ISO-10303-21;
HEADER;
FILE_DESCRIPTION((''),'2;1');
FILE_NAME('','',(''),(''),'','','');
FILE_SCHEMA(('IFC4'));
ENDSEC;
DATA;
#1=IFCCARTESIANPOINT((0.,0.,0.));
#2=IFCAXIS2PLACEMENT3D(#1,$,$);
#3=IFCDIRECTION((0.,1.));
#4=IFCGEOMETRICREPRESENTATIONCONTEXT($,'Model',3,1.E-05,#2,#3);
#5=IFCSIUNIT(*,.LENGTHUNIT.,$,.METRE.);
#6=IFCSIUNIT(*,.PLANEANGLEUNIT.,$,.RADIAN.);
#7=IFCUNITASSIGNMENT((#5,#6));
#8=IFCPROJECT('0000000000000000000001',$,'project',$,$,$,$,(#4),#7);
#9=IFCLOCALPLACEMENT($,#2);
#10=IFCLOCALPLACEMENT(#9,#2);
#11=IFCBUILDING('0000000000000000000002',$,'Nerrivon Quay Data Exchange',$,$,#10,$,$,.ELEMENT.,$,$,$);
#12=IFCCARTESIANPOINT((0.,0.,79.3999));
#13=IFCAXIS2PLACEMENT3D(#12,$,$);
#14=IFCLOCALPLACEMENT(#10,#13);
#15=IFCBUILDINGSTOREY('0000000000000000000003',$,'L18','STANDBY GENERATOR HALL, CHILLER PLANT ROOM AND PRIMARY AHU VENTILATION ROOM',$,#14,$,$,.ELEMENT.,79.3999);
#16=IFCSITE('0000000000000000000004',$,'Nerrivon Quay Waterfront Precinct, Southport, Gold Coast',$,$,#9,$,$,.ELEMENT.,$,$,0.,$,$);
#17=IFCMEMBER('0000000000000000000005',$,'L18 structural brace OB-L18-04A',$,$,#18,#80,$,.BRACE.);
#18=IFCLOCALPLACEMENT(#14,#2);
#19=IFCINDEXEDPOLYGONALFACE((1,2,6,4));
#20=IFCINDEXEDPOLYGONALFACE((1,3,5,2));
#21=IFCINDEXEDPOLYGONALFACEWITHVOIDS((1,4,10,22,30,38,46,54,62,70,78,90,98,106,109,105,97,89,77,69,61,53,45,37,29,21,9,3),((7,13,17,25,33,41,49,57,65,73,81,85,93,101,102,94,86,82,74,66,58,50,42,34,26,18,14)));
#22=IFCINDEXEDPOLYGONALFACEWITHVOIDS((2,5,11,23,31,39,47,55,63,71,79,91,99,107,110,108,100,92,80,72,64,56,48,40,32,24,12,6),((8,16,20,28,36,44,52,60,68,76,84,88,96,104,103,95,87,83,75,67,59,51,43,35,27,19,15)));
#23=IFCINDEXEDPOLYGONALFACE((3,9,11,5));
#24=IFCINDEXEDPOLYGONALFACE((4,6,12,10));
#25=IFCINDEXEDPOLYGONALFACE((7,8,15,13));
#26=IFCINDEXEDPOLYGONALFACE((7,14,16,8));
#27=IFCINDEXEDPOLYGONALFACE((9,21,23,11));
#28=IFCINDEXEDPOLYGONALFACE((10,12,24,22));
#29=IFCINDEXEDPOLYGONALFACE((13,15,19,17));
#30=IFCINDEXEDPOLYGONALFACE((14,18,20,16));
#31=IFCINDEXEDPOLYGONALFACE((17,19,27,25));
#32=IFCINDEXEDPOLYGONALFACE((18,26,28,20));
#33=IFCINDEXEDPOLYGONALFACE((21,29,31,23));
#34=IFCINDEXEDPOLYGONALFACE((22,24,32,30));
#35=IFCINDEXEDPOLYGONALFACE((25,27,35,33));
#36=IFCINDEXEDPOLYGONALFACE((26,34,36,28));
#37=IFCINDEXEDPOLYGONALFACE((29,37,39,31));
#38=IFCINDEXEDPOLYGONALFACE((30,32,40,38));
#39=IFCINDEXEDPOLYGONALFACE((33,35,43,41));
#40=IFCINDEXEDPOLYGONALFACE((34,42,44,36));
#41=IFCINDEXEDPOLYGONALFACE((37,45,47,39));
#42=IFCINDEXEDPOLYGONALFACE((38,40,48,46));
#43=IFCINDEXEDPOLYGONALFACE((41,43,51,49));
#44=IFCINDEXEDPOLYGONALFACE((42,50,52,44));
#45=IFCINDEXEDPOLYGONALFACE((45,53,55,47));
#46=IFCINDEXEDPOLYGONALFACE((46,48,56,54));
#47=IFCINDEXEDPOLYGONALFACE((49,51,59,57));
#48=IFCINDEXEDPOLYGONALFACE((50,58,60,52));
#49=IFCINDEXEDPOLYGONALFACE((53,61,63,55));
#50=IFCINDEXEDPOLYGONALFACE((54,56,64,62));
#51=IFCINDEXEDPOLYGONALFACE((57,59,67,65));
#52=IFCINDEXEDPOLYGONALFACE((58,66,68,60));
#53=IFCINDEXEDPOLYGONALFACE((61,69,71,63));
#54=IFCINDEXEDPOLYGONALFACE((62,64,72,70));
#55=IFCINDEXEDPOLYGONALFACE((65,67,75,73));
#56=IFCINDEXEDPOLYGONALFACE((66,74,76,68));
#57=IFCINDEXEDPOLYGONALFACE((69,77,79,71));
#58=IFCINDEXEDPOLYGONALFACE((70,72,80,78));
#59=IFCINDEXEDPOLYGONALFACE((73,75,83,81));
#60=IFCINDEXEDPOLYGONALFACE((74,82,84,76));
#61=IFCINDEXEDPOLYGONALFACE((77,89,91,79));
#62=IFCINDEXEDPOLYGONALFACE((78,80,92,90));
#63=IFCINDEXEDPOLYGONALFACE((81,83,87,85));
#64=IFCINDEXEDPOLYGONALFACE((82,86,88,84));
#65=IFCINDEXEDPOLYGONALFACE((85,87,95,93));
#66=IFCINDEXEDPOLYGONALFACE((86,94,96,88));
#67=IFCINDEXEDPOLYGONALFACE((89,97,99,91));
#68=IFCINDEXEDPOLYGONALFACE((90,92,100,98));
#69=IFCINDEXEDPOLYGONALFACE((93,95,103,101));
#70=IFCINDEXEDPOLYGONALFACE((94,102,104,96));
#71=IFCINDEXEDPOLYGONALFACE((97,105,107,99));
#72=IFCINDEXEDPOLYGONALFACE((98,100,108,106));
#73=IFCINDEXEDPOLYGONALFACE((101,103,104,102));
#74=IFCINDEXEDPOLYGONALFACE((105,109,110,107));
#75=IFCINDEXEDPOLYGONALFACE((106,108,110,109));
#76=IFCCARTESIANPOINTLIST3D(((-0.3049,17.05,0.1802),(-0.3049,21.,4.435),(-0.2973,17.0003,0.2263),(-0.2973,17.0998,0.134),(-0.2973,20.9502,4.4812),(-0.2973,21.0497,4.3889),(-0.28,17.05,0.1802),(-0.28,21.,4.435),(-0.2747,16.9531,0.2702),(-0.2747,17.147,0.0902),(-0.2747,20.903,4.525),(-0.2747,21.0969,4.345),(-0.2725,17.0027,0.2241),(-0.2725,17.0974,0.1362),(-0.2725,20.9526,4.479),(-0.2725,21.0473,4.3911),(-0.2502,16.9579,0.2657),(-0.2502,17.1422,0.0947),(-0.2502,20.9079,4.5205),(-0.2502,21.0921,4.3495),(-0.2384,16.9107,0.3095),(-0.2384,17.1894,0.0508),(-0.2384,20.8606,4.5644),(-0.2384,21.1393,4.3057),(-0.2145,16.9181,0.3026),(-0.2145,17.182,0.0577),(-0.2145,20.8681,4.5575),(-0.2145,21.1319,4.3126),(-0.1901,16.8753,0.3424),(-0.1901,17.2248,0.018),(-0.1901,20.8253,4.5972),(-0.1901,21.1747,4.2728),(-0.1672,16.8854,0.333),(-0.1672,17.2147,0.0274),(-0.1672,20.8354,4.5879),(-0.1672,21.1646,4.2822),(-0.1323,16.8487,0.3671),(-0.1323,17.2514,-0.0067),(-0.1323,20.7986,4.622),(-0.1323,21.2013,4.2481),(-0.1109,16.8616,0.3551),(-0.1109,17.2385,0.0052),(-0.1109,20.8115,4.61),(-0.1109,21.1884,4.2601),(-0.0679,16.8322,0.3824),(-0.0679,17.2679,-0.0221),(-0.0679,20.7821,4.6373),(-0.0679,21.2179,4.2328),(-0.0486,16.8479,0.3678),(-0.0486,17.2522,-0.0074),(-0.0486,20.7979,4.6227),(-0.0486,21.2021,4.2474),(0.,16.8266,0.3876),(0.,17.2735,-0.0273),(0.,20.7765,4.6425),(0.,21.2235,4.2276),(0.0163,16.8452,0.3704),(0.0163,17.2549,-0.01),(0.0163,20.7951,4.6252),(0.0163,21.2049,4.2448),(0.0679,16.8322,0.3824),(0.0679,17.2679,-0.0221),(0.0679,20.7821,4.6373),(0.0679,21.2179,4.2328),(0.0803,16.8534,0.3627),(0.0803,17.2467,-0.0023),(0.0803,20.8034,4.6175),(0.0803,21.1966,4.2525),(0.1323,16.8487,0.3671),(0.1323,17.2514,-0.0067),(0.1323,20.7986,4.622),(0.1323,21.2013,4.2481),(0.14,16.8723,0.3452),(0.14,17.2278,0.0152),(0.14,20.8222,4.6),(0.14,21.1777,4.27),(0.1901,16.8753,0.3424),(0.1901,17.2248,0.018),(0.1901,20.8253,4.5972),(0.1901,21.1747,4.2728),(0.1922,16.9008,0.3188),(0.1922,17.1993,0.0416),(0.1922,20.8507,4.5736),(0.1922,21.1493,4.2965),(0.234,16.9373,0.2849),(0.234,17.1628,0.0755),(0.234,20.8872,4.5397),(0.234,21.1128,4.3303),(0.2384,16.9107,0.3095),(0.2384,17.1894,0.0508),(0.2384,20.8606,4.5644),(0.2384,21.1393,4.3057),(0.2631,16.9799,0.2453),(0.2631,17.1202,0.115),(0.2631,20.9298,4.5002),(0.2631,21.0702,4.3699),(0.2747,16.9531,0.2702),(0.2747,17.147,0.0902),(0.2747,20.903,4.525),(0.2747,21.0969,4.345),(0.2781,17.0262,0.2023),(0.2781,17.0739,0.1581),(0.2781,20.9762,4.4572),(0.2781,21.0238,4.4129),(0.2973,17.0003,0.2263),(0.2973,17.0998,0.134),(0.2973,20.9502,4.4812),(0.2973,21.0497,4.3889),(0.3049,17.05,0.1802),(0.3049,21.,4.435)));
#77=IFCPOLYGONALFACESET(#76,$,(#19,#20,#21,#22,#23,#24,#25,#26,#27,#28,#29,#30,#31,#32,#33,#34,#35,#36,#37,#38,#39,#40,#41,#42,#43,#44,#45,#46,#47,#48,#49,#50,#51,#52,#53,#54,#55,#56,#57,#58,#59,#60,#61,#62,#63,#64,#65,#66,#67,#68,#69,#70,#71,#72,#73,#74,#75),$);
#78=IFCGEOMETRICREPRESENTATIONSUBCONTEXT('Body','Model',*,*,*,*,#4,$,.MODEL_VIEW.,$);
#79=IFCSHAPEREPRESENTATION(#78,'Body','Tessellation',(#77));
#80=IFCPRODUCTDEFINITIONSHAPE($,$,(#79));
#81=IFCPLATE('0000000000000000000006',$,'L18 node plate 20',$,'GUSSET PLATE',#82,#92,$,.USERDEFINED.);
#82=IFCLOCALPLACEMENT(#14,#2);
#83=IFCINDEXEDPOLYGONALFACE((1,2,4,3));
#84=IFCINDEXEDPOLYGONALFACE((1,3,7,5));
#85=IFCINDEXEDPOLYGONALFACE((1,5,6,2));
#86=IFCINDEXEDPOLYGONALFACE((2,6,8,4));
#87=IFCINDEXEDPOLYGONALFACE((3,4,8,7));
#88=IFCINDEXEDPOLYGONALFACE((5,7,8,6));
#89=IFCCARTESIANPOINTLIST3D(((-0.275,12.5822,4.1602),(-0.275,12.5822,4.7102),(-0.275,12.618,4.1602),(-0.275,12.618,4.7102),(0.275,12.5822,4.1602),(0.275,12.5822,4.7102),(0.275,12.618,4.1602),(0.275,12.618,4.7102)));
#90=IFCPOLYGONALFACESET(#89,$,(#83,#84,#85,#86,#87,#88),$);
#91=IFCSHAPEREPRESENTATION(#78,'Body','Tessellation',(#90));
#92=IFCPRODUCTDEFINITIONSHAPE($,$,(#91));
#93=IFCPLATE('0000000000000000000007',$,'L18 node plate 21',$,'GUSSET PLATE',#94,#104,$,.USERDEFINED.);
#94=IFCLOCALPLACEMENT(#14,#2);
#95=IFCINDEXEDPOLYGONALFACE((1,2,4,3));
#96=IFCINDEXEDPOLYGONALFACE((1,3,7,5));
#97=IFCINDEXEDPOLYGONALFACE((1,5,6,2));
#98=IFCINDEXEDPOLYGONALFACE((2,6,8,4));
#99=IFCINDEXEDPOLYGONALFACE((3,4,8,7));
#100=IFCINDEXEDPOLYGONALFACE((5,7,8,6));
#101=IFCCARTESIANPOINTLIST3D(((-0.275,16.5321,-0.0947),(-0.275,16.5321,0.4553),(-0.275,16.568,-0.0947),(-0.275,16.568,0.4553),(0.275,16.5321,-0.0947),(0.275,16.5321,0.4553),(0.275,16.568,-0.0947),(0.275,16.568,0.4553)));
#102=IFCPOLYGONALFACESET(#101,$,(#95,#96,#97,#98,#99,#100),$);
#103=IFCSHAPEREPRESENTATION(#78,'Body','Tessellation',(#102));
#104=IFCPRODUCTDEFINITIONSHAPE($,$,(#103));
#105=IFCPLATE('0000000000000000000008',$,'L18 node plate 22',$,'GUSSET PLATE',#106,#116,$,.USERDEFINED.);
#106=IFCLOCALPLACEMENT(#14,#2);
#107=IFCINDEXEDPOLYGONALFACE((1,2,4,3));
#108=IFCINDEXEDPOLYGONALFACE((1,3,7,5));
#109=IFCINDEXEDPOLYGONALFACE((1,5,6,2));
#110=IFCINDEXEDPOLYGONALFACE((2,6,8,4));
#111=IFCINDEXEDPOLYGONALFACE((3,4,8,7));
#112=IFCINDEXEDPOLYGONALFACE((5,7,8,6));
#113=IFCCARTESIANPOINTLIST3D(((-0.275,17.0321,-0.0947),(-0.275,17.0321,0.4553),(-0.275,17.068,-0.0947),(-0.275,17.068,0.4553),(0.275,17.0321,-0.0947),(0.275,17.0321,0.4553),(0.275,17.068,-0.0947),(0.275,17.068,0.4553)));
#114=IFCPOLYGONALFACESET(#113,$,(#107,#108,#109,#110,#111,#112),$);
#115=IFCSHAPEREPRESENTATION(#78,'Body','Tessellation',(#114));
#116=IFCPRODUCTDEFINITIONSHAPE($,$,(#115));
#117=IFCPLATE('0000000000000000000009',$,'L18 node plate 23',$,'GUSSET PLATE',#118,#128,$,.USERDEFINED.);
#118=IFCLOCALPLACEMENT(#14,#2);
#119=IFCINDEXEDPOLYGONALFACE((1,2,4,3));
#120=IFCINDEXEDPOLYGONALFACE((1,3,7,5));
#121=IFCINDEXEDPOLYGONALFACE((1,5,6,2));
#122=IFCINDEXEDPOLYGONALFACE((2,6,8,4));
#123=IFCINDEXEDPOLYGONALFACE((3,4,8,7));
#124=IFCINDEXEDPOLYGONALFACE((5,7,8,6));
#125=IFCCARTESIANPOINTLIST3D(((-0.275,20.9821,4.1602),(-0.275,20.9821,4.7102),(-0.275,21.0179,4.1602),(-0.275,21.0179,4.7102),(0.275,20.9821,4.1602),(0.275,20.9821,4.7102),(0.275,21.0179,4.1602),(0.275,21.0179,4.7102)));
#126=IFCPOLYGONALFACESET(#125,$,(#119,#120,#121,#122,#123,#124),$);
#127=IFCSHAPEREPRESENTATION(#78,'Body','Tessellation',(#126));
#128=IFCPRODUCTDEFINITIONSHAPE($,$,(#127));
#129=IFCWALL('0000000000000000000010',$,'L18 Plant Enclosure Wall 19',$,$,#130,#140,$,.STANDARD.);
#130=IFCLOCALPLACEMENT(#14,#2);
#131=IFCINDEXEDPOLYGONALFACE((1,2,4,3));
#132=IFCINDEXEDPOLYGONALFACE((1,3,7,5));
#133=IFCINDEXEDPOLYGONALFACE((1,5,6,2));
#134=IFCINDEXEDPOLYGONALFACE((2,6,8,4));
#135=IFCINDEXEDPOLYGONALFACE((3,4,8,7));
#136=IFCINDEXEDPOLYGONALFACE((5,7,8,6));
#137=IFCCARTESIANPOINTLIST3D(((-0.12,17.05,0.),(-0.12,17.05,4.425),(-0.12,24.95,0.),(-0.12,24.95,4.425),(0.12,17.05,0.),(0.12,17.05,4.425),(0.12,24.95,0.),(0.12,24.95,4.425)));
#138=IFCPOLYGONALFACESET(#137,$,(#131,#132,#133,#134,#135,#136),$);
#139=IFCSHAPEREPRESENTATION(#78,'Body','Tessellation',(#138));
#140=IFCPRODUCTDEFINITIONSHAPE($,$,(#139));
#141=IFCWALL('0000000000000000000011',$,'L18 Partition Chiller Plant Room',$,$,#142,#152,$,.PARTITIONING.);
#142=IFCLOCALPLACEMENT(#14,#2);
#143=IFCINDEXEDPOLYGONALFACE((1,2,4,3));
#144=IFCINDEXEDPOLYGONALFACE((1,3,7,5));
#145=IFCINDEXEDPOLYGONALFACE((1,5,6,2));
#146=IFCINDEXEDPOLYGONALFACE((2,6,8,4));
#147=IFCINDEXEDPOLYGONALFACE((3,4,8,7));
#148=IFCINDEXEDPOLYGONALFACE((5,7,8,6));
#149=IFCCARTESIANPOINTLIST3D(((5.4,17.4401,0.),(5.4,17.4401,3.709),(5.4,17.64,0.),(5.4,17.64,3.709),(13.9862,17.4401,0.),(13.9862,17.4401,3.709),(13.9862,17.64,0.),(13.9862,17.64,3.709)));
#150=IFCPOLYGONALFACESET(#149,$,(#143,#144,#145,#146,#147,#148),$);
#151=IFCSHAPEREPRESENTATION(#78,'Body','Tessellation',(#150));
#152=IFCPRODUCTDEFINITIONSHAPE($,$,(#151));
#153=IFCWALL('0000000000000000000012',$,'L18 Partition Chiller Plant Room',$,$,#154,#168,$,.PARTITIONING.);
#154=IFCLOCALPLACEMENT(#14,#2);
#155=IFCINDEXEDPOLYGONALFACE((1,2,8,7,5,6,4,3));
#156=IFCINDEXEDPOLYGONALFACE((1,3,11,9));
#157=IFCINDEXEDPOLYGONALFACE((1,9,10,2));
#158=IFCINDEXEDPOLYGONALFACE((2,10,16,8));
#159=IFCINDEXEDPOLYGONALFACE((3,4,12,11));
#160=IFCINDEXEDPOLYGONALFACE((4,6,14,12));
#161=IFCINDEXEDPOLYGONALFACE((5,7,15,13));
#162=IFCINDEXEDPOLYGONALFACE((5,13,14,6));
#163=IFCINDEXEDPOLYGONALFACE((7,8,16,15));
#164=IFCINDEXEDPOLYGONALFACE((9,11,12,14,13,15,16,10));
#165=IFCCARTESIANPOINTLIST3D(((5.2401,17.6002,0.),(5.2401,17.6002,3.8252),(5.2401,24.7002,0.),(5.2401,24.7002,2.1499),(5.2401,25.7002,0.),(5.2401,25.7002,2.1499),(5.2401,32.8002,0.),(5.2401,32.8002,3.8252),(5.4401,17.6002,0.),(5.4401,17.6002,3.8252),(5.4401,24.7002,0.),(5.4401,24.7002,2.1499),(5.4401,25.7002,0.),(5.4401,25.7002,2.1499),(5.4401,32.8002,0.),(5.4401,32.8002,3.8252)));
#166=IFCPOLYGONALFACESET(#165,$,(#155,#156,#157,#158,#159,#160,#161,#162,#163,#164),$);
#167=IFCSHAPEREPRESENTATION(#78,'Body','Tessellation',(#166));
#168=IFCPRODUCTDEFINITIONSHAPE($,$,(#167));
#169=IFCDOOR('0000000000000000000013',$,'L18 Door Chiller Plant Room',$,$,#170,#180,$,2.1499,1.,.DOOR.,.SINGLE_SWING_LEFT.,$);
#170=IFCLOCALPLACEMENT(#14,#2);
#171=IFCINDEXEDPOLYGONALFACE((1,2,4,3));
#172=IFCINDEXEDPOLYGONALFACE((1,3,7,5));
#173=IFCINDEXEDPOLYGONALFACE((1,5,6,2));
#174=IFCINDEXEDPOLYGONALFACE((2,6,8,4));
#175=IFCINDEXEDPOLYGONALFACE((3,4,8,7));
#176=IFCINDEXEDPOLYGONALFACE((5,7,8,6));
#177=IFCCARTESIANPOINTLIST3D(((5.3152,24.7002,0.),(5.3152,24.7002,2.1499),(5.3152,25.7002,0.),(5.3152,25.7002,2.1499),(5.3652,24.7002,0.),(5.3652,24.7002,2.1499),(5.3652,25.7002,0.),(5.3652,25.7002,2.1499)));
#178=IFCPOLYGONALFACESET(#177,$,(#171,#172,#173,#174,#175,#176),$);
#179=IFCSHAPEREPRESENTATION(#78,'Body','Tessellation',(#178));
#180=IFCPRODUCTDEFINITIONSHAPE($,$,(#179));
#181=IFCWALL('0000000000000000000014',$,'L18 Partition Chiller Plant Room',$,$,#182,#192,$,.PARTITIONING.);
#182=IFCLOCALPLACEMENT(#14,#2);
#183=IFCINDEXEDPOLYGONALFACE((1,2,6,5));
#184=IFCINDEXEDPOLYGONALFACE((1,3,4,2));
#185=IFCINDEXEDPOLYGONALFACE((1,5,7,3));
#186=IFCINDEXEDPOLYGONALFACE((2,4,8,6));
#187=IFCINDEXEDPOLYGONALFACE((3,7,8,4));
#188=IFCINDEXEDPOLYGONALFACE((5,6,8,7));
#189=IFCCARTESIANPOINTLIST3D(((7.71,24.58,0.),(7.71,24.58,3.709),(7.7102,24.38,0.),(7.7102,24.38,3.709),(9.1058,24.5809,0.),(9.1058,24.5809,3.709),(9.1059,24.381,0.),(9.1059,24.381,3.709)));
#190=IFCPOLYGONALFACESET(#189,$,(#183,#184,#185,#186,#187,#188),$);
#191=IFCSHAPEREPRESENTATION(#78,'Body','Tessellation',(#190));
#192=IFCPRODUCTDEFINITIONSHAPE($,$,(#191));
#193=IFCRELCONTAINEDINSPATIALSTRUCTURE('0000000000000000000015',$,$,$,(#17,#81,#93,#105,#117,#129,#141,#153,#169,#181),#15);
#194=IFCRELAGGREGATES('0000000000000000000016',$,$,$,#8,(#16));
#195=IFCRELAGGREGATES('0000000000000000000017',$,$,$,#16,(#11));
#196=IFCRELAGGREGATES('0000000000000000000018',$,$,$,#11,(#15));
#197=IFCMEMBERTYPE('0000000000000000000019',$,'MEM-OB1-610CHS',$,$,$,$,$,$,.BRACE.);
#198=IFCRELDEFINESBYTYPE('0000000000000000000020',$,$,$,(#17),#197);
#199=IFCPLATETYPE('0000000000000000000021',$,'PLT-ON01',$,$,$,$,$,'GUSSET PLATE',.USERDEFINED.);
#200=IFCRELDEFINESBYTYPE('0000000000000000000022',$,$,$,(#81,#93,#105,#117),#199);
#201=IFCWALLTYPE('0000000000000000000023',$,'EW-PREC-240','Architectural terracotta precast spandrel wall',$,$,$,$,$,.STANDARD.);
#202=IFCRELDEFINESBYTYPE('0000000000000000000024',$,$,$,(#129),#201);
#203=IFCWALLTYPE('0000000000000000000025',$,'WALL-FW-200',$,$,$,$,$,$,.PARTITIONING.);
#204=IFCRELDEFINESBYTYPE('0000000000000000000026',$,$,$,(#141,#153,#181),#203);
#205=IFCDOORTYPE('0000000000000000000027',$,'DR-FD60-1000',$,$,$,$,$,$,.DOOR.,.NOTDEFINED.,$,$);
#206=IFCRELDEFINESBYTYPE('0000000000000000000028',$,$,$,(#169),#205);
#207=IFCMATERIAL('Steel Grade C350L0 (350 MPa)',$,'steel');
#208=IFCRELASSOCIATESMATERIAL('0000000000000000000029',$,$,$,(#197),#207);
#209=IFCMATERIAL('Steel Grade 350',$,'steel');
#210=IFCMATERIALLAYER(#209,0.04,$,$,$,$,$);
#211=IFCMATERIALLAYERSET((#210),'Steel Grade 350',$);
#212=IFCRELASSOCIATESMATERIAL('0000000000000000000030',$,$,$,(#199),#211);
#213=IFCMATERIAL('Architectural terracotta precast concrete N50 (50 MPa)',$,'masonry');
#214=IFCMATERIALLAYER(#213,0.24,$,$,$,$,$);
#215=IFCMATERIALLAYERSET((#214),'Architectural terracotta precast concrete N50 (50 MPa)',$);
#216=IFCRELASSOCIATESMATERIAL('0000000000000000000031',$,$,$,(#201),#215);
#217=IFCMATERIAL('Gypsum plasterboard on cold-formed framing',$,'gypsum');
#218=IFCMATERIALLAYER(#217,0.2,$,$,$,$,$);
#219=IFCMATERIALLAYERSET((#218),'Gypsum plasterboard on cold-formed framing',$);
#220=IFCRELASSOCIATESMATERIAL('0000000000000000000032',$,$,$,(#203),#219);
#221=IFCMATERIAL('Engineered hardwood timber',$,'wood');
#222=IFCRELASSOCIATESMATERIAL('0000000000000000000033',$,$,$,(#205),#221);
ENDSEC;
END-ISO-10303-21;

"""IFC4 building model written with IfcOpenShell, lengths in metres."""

from ifc_helpers import new_model, si_unit, direction, frame, frame_2d, origin, origin_2d, place, context, subcontext, project, spatial, rectangle, hollow_circle, extrude, material, layer, layer_set, material_profile, profile_set, type_object, element, fill, save


model = new_model("IFC4")

# Units and contexts
model_context = context("Model", 3, precision=1e-05, world=origin(), true_north=direction((0.0, 1.0)))
body_context = subcontext(model_context, "Body", "Model", "MODEL_VIEW")
ifc_project = project(units=[si_unit("LENGTHUNIT", "METRE"), si_unit("PLANEANGLEUNIT", "RADIAN")], contexts=[model_context])

# Site, building, storey
site_placement = place(None, origin())
site = spatial("IfcSite", under=ifc_project, at=site_placement, Name="Nerrivon Quay Waterfront Precinct, Southport, Gold Coast", CompositionType="ELEMENT", RefElevation=0.0)
building_placement = place(site_placement, origin())
building = spatial("IfcBuilding", under=site, at=building_placement, Name="Nerrivon Quay Data Exchange", CompositionType="ELEMENT")
storey_placement = place(building_placement, frame((0.0, 0.0, 79.3999)))
storey = spatial("IfcBuildingStorey", under=building, at=storey_placement, Name="L18", Description="STANDBY GENERATOR HALL, CHILLER PLANT ROOM AND PRIMARY AHU VENTILATION ROOM", CompositionType="ELEMENT", Elevation=79.3999)

# Shared definitions
ifc_material_1 = material(Name="Steel Grade 350", Category="steel")

# Shared definitions
ifc_material_2 = material(Name="Steel Grade C350L0 (350 MPa)", Category="steel")

# Member
ifc_material_profile_1 = material_profile(ifc_material_2, hollow_circle(Radius=0.3049, WallThickness=0.0249, at=origin_2d()), Name="610.0x25.0CHS")
ifc_profile_set_1 = profile_set([ifc_material_profile_1], Name="Steel Grade C350L0 (350 MPa)")
member_type = type_object("IfcMemberType", Name="MEM-OB1-610CHS", PredefinedType="BRACE", material=ifc_profile_set_1)
for number, where, z_axis, x_axis, name in (
    (1, (0.0, 17.05, 0.1802), (0.0, 0.680358, 0.73288), (-1.0, 0.0, 0.0), "L18 structural brace OB-L18-04A"),
):
    element("IfcMember", number, at=place(storey_placement, frame(where, z_axis=z_axis, x_axis=x_axis)), inside=storey, type_object=member_type, Name=name, PredefinedType="BRACE", context=body_context, shape_type="SweptSolid", body=[
        extrude(hollow_circle(Radius=0.3049, WallThickness=0.0249, at=origin_2d()), origin(), (0.0, 0.0, 1.0), 5.8057),
    ])

# Plates
ifc_layer_1 = layer(ifc_material_1, 0.04)
ifc_layer_set_1 = layer_set([ifc_layer_1], Name="Steel Grade 350")
plate_type = type_object("IfcPlateType", Name="PLT-ON01", ElementType="GUSSET PLATE", PredefinedType="USERDEFINED", material=ifc_layer_set_1)
for number, where, z_axis, x_axis, name in (
    (2, (0.0, 12.6001, 4.1602), (0.0, 0.0, 1.0), (1.0, 0.0, 0.0), "L18 node plate 20"),
    (3, (0.0, 16.55, -0.0947), (0.0, 0.0, 1.0), (1.0, 0.0, 0.0), "L18 node plate 21"),
    (4, (0.0, 17.05, -0.0947), (0.0, 0.0, 1.0), (1.0, 0.0, 0.0), "L18 node plate 22"),
    (5, (0.0, 21.0, 4.1602), (0.0, 0.0, 1.0), (1.0, 0.0, 0.0), "L18 node plate 23"),
):
    element("IfcPlate", number, at=place(storey_placement, frame(where, z_axis=z_axis, x_axis=x_axis)), inside=storey, type_object=plate_type, Name=name, ObjectType="GUSSET PLATE", PredefinedType="USERDEFINED", context=body_context, shape_type="SweptSolid", body=[
        extrude(rectangle(XDim=0.55, YDim=0.0359, at=origin_2d()), origin(), (0.0, 0.0, 1.0), 0.55),
    ])

# Walls
ifc_material_3 = material(Name="Architectural terracotta precast concrete N50 (50 MPa)", Category="masonry")
ifc_layer_2 = layer(ifc_material_3, 0.24)
ifc_layer_set_2 = layer_set([ifc_layer_2], Name="Architectural terracotta precast concrete N50 (50 MPa)")
wall_type_1 = type_object("IfcWallType", Name="EW-PREC-240", Description="Architectural terracotta precast spandrel wall", PredefinedType="STANDARD", material=ifc_layer_set_2)
wall_1_placement = place(storey_placement, frame((0.0, 17.05, 0.0), z_axis=(0.0, 0.0, 1.0), x_axis=(0.0, 1.0, 0.0)))
element("IfcWall", 6, at=wall_1_placement, inside=storey, type_object=wall_type_1, Name="L18 Plant Enclosure Wall 19", PredefinedType="STANDARD", context=body_context, shape_type="SweptSolid", body=[
    extrude(rectangle(XDim=7.8999, YDim=0.24, at=frame_2d((3.95, 0.0))), origin(), (0.0, 0.0, 1.0), 4.425),
])
ifc_material_4 = material(Name="Gypsum plasterboard on cold-formed framing", Category="gypsum")
ifc_layer_3 = layer(ifc_material_4, 0.2)
ifc_layer_set_3 = layer_set([ifc_layer_3], Name="Gypsum plasterboard on cold-formed framing")
wall_type_2 = type_object("IfcWallType", Name="WALL-FW-200", PredefinedType="PARTITIONING", material=ifc_layer_set_3)
wall_2_placement = place(storey_placement, frame((13.9861, 17.54, 0.0), z_axis=(0.0, 0.0, 1.0), x_axis=(-1.0, 0.0, 0.0)))
element("IfcWall", 7, at=wall_2_placement, inside=storey, type_object=wall_type_2, Name="L18 Partition Chiller Plant Room", PredefinedType="PARTITIONING", context=body_context, shape_type="SweptSolid", body=[
    extrude(rectangle(XDim=8.5862, YDim=0.2, at=frame_2d((4.293, 0.0))), origin(), (0.0, 0.0, 1.0), 3.709),
])

# Wall, opening, door
wall_3_placement = place(storey_placement, frame((5.3401, 17.6001, 0.0), z_axis=(0.0, 0.0, 1.0), x_axis=(0.0, 1.0, 0.0)))
wall_3 = element("IfcWall", 8, at=wall_3_placement, inside=storey, type_object=wall_type_2, Name="L18 Partition Chiller Plant Room", PredefinedType="PARTITIONING", context=body_context, shape_type="SweptSolid", body=[
    extrude(rectangle(XDim=15.2, YDim=0.2, at=frame_2d((7.6001, 0.0))), origin(), (0.0, 0.0, 1.0), 3.8252),
])
opening_1_placement = place(wall_3_placement, frame((7.1001, 0.0, 0.0)))
opening_1 = element("IfcOpeningElement", 9, at=opening_1_placement, cuts=wall_3, PredefinedType="OPENING", context=body_context, shape_type="SweptSolid", body=[
    extrude(rectangle(XDim=1.0, YDim=2.1499, at=frame_2d((0.5, 1.075))), frame((0.0, 0.1099, 0.0), z_axis=(0.0, -1.0, 0.0), x_axis=(1.0, 0.0, 0.0)), (0.0, 0.0, 1.0), 0.22),
])
ifc_material_5 = material(Name="Engineered hardwood timber", Category="wood")
door_type = type_object("IfcDoorType", Name="DR-FD60-1000", OperationType="NOTDEFINED", PredefinedType="DOOR", material=ifc_material_5)
door_1_placement = place(opening_1_placement, origin())
door_1 = element("IfcDoor", 10, at=door_1_placement, inside=storey, type_object=door_type, Name="L18 Door Chiller Plant Room", OperationType="SINGLE_SWING_LEFT", OverallHeight=2.1499, OverallWidth=1.0, PredefinedType="DOOR", context=body_context, shape_type="SweptSolid", body=[
    extrude(rectangle(XDim=1.0, YDim=2.1499, at=frame_2d((0.5, 1.075))), frame((0.0, 0.0249, 0.0), z_axis=(0.0, -1.0, 0.0), x_axis=(1.0, 0.0, 0.0)), (0.0, 0.0, 1.0), 0.05),
])
fill(opening_1, door_1)

# Wall
wall_4_placement = place(storey_placement, frame((9.1057, 24.481, 0.0), z_axis=(0.0, 0.0, 1.0), x_axis=(-1.0, -0.0007, 0.0)))
element("IfcWall", 11, at=wall_4_placement, inside=storey, type_object=wall_type_2, Name="L18 Partition Chiller Plant Room", PredefinedType="PARTITIONING", context=body_context, shape_type="SweptSolid", body=[
    extrude(rectangle(XDim=1.3958, YDim=0.2, at=frame_2d((0.6978, 0.0))), origin(), (0.0, 0.0, 1.0), 3.709),
])

save(model, "model.ifc")
